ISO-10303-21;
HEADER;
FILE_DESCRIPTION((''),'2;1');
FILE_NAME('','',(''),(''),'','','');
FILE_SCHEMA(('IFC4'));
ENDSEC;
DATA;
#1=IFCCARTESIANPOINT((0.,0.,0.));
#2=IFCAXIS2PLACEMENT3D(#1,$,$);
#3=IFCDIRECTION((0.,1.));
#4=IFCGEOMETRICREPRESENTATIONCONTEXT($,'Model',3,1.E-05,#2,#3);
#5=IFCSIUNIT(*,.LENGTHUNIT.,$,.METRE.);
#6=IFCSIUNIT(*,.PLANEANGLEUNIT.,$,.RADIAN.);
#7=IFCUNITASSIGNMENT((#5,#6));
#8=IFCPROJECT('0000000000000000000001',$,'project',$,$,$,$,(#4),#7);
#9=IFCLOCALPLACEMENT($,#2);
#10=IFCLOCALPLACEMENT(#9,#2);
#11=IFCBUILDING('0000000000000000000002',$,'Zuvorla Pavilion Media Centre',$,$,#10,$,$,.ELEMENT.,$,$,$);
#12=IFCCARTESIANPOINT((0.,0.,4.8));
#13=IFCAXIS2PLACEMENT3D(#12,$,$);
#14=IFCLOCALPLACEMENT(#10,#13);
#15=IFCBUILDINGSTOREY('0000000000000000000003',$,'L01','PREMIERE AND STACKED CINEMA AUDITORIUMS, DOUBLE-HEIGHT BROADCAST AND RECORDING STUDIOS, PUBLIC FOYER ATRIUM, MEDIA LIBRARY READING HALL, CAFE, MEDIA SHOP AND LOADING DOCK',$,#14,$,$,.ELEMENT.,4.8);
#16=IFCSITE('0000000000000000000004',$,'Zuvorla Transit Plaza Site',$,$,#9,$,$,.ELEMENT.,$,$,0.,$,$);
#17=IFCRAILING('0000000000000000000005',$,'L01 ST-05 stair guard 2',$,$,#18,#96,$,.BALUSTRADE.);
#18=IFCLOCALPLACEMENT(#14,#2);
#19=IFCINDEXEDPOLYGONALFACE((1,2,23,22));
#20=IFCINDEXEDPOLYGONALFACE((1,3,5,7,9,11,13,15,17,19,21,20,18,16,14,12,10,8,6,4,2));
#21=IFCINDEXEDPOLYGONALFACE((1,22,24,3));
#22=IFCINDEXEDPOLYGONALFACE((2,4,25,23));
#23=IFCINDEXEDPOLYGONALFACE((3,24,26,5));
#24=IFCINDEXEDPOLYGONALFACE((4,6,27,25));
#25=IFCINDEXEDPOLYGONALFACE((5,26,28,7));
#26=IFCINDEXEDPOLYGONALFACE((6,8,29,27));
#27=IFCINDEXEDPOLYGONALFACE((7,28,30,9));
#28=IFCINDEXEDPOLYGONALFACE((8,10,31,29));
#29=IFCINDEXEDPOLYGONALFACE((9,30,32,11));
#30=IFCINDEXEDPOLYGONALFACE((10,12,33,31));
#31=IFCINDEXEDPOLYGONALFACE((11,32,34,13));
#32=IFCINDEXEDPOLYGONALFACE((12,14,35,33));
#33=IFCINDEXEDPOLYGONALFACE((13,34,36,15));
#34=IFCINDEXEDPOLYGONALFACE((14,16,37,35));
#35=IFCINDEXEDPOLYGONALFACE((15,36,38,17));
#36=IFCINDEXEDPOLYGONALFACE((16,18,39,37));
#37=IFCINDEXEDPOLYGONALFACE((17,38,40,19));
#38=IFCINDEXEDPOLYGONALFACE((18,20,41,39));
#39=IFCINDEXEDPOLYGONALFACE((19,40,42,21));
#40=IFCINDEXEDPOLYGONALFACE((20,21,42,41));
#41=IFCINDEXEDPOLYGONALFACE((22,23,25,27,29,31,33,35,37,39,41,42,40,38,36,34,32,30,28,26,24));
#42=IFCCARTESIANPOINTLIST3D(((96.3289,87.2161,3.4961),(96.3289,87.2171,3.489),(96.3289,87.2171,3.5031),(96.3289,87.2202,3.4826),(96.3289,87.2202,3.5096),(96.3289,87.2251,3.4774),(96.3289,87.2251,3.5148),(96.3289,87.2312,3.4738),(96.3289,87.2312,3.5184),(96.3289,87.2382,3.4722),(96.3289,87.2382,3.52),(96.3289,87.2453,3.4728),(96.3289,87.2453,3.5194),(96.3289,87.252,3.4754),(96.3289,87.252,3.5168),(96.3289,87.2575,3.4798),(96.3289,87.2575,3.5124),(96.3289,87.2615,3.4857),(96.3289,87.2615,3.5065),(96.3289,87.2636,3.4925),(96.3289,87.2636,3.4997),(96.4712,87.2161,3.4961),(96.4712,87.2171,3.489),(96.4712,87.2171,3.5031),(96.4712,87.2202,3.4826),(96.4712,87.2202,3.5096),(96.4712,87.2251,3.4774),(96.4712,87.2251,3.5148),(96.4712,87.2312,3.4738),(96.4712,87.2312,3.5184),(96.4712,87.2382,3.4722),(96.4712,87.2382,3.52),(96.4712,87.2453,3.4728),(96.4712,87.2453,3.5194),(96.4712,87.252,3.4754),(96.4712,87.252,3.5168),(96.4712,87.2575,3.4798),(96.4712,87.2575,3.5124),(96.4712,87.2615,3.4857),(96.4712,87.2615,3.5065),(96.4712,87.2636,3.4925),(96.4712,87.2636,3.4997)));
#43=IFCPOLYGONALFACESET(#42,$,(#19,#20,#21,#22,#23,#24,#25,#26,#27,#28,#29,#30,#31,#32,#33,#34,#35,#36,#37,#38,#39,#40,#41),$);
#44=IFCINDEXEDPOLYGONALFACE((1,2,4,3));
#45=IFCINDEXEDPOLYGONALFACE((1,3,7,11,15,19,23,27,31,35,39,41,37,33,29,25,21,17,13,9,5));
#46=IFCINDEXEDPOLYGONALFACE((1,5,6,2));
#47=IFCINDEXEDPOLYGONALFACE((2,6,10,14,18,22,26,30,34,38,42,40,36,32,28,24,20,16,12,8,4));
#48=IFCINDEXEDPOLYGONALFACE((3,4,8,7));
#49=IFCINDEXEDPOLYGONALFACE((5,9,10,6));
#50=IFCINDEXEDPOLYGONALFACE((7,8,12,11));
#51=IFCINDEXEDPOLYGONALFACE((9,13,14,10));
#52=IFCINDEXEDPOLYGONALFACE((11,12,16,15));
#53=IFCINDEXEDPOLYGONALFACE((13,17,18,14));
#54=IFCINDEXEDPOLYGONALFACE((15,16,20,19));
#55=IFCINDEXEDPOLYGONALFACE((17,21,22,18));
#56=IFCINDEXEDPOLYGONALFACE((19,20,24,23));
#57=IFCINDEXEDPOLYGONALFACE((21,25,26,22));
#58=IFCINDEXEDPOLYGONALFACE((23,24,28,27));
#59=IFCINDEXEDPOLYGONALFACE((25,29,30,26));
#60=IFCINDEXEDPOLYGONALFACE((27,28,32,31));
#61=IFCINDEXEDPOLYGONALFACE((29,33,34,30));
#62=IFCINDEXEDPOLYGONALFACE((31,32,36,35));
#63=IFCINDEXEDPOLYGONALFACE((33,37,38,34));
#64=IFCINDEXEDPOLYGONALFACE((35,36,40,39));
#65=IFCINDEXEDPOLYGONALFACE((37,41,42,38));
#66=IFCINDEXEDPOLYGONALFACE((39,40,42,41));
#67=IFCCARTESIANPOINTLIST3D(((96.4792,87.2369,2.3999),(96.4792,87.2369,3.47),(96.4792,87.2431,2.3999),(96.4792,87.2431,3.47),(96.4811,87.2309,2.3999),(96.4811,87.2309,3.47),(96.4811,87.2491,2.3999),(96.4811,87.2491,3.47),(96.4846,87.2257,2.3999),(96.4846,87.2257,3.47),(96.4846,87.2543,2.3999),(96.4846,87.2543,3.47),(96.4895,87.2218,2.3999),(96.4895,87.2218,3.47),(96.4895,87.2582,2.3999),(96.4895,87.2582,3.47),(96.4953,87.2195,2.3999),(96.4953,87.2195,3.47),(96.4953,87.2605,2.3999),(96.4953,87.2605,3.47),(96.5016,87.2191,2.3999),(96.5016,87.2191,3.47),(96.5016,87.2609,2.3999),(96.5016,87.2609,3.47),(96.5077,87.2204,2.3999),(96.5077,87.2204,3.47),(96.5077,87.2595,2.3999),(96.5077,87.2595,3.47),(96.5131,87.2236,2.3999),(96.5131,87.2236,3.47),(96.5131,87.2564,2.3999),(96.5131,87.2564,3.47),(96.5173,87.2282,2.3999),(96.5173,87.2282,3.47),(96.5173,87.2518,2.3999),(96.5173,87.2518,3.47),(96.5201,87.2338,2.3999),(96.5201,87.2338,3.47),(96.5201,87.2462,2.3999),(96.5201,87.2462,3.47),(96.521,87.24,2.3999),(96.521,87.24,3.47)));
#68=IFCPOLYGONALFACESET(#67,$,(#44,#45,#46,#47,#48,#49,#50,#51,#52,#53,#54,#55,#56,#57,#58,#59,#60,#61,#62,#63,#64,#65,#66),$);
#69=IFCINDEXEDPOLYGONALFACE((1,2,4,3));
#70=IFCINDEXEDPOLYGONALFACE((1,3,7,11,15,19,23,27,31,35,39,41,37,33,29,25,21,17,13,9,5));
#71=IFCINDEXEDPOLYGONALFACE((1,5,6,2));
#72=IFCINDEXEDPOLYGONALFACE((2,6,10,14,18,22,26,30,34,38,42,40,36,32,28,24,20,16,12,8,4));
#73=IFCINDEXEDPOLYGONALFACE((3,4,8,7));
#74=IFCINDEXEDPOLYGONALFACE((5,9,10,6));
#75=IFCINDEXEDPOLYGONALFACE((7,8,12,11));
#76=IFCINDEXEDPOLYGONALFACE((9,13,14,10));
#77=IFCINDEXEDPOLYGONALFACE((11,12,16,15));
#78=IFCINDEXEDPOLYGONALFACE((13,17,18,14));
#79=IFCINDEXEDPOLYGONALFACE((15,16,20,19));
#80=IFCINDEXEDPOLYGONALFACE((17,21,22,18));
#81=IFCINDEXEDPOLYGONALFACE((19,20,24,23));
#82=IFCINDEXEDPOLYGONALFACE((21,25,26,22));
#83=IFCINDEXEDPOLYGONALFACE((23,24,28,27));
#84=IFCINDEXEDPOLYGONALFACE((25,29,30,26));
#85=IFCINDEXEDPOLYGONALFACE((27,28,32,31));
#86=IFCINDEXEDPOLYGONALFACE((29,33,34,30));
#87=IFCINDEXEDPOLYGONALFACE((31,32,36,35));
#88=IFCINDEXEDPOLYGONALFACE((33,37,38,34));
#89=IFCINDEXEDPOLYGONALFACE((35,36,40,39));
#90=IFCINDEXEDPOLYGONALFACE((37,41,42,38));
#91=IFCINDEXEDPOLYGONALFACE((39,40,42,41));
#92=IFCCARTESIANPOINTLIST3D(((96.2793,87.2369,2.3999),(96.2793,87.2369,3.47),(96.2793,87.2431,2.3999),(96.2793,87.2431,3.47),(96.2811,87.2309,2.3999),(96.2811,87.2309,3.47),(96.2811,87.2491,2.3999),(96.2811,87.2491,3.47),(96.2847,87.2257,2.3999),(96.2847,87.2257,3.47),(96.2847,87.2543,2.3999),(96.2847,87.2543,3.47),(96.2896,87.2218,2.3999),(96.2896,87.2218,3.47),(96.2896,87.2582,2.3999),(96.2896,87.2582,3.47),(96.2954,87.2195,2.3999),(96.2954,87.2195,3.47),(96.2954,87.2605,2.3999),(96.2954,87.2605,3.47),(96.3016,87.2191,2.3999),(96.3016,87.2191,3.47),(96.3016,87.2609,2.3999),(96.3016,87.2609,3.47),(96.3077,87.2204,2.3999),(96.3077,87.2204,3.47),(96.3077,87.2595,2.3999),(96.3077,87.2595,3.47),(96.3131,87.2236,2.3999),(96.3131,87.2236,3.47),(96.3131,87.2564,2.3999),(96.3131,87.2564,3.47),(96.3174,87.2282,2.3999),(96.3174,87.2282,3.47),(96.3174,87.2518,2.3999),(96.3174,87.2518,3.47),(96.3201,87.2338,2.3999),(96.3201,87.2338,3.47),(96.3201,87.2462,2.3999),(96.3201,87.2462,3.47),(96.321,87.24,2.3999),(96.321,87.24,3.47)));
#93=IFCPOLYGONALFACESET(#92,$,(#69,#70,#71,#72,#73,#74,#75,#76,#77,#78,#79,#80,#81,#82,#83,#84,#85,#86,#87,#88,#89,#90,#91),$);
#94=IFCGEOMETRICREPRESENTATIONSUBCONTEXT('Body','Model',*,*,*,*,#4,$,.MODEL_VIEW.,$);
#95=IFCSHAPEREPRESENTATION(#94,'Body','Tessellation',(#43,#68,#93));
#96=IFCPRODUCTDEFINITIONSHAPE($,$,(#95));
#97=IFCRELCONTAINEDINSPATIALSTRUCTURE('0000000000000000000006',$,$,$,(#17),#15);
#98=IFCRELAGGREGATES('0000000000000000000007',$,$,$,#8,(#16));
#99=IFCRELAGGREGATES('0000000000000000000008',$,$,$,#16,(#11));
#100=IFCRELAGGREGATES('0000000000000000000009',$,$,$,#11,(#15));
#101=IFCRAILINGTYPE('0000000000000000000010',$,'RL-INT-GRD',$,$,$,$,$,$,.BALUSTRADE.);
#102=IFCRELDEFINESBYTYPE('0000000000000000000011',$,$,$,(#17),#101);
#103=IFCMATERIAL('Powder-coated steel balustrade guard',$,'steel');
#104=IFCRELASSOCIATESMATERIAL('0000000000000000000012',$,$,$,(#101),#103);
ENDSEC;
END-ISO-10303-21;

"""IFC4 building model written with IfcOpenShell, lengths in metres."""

from ifc_helpers import new_model, si_unit, direction, frame, origin, origin_2d, place, context, subcontext, project, spatial, circle, extrude, material, type_object, element, save


model = new_model("IFC4")

# Units and contexts
model_context = context("Model", 3, precision=1e-05, world=origin(), true_north=direction((0.0, 1.0)))
body_context = subcontext(model_context, "Body", "Model", "MODEL_VIEW")
ifc_project = project(units=[si_unit("LENGTHUNIT", "METRE"), si_unit("PLANEANGLEUNIT", "RADIAN")], contexts=[model_context])

# Site, building, storey
site_placement = place(None, origin())
site = spatial("IfcSite", under=ifc_project, at=site_placement, Name="Zuvorla Transit Plaza Site", CompositionType="ELEMENT", RefElevation=0.0)
building_placement = place(site_placement, origin())
building = spatial("IfcBuilding", under=site, at=building_placement, Name="Zuvorla Pavilion Media Centre", CompositionType="ELEMENT")
storey_placement = place(building_placement, frame((0.0, 0.0, 4.8)))
storey = spatial("IfcBuildingStorey", under=building, at=storey_placement, Name="L01", Description="PREMIERE AND STACKED CINEMA AUDITORIUMS, DOUBLE-HEIGHT BROADCAST AND RECORDING STUDIOS, PUBLIC FOYER ATRIUM, MEDIA LIBRARY READING HALL, CAFE, MEDIA SHOP AND LOADING DOCK", CompositionType="ELEMENT", Elevation=4.8)

# Railing
ifc_material_1 = material(Name="Powder-coated steel balustrade guard", Category="steel")
railing_type_1 = type_object("IfcRailingType", Name="RL-INT-GRD", PredefinedType="BALUSTRADE", material=ifc_material_1)
railing_1_placement = place(storey_placement, frame((96.5, 87.24, 2.3999)))
element("IfcRailing", 1, at=railing_1_placement, inside=storey, type_object=railing_type_1, Name="L01 ST-05 stair guard 2", PredefinedType="BALUSTRADE", context=body_context, shape_type="SweptSolid", body=[
    extrude(circle(Radius=0.0239, at=origin_2d()), frame((-0.0288, 0.0, 1.0962), z_axis=(-1.0, 0.0, 0.0), x_axis=(0.0, -1.0, 0.0)), (0.0, 0.0, 1.0), 0.1423),
    extrude(circle(Radius=0.021, at=origin_2d()), origin(), (0.0, 0.0, 1.0), 1.0701),
    extrude(circle(Radius=0.021, at=origin_2d()), frame((-0.2, 0.0, 0.0)), (0.0, 0.0, 1.0), 1.0701),
])

save(model, "model.ifc")
